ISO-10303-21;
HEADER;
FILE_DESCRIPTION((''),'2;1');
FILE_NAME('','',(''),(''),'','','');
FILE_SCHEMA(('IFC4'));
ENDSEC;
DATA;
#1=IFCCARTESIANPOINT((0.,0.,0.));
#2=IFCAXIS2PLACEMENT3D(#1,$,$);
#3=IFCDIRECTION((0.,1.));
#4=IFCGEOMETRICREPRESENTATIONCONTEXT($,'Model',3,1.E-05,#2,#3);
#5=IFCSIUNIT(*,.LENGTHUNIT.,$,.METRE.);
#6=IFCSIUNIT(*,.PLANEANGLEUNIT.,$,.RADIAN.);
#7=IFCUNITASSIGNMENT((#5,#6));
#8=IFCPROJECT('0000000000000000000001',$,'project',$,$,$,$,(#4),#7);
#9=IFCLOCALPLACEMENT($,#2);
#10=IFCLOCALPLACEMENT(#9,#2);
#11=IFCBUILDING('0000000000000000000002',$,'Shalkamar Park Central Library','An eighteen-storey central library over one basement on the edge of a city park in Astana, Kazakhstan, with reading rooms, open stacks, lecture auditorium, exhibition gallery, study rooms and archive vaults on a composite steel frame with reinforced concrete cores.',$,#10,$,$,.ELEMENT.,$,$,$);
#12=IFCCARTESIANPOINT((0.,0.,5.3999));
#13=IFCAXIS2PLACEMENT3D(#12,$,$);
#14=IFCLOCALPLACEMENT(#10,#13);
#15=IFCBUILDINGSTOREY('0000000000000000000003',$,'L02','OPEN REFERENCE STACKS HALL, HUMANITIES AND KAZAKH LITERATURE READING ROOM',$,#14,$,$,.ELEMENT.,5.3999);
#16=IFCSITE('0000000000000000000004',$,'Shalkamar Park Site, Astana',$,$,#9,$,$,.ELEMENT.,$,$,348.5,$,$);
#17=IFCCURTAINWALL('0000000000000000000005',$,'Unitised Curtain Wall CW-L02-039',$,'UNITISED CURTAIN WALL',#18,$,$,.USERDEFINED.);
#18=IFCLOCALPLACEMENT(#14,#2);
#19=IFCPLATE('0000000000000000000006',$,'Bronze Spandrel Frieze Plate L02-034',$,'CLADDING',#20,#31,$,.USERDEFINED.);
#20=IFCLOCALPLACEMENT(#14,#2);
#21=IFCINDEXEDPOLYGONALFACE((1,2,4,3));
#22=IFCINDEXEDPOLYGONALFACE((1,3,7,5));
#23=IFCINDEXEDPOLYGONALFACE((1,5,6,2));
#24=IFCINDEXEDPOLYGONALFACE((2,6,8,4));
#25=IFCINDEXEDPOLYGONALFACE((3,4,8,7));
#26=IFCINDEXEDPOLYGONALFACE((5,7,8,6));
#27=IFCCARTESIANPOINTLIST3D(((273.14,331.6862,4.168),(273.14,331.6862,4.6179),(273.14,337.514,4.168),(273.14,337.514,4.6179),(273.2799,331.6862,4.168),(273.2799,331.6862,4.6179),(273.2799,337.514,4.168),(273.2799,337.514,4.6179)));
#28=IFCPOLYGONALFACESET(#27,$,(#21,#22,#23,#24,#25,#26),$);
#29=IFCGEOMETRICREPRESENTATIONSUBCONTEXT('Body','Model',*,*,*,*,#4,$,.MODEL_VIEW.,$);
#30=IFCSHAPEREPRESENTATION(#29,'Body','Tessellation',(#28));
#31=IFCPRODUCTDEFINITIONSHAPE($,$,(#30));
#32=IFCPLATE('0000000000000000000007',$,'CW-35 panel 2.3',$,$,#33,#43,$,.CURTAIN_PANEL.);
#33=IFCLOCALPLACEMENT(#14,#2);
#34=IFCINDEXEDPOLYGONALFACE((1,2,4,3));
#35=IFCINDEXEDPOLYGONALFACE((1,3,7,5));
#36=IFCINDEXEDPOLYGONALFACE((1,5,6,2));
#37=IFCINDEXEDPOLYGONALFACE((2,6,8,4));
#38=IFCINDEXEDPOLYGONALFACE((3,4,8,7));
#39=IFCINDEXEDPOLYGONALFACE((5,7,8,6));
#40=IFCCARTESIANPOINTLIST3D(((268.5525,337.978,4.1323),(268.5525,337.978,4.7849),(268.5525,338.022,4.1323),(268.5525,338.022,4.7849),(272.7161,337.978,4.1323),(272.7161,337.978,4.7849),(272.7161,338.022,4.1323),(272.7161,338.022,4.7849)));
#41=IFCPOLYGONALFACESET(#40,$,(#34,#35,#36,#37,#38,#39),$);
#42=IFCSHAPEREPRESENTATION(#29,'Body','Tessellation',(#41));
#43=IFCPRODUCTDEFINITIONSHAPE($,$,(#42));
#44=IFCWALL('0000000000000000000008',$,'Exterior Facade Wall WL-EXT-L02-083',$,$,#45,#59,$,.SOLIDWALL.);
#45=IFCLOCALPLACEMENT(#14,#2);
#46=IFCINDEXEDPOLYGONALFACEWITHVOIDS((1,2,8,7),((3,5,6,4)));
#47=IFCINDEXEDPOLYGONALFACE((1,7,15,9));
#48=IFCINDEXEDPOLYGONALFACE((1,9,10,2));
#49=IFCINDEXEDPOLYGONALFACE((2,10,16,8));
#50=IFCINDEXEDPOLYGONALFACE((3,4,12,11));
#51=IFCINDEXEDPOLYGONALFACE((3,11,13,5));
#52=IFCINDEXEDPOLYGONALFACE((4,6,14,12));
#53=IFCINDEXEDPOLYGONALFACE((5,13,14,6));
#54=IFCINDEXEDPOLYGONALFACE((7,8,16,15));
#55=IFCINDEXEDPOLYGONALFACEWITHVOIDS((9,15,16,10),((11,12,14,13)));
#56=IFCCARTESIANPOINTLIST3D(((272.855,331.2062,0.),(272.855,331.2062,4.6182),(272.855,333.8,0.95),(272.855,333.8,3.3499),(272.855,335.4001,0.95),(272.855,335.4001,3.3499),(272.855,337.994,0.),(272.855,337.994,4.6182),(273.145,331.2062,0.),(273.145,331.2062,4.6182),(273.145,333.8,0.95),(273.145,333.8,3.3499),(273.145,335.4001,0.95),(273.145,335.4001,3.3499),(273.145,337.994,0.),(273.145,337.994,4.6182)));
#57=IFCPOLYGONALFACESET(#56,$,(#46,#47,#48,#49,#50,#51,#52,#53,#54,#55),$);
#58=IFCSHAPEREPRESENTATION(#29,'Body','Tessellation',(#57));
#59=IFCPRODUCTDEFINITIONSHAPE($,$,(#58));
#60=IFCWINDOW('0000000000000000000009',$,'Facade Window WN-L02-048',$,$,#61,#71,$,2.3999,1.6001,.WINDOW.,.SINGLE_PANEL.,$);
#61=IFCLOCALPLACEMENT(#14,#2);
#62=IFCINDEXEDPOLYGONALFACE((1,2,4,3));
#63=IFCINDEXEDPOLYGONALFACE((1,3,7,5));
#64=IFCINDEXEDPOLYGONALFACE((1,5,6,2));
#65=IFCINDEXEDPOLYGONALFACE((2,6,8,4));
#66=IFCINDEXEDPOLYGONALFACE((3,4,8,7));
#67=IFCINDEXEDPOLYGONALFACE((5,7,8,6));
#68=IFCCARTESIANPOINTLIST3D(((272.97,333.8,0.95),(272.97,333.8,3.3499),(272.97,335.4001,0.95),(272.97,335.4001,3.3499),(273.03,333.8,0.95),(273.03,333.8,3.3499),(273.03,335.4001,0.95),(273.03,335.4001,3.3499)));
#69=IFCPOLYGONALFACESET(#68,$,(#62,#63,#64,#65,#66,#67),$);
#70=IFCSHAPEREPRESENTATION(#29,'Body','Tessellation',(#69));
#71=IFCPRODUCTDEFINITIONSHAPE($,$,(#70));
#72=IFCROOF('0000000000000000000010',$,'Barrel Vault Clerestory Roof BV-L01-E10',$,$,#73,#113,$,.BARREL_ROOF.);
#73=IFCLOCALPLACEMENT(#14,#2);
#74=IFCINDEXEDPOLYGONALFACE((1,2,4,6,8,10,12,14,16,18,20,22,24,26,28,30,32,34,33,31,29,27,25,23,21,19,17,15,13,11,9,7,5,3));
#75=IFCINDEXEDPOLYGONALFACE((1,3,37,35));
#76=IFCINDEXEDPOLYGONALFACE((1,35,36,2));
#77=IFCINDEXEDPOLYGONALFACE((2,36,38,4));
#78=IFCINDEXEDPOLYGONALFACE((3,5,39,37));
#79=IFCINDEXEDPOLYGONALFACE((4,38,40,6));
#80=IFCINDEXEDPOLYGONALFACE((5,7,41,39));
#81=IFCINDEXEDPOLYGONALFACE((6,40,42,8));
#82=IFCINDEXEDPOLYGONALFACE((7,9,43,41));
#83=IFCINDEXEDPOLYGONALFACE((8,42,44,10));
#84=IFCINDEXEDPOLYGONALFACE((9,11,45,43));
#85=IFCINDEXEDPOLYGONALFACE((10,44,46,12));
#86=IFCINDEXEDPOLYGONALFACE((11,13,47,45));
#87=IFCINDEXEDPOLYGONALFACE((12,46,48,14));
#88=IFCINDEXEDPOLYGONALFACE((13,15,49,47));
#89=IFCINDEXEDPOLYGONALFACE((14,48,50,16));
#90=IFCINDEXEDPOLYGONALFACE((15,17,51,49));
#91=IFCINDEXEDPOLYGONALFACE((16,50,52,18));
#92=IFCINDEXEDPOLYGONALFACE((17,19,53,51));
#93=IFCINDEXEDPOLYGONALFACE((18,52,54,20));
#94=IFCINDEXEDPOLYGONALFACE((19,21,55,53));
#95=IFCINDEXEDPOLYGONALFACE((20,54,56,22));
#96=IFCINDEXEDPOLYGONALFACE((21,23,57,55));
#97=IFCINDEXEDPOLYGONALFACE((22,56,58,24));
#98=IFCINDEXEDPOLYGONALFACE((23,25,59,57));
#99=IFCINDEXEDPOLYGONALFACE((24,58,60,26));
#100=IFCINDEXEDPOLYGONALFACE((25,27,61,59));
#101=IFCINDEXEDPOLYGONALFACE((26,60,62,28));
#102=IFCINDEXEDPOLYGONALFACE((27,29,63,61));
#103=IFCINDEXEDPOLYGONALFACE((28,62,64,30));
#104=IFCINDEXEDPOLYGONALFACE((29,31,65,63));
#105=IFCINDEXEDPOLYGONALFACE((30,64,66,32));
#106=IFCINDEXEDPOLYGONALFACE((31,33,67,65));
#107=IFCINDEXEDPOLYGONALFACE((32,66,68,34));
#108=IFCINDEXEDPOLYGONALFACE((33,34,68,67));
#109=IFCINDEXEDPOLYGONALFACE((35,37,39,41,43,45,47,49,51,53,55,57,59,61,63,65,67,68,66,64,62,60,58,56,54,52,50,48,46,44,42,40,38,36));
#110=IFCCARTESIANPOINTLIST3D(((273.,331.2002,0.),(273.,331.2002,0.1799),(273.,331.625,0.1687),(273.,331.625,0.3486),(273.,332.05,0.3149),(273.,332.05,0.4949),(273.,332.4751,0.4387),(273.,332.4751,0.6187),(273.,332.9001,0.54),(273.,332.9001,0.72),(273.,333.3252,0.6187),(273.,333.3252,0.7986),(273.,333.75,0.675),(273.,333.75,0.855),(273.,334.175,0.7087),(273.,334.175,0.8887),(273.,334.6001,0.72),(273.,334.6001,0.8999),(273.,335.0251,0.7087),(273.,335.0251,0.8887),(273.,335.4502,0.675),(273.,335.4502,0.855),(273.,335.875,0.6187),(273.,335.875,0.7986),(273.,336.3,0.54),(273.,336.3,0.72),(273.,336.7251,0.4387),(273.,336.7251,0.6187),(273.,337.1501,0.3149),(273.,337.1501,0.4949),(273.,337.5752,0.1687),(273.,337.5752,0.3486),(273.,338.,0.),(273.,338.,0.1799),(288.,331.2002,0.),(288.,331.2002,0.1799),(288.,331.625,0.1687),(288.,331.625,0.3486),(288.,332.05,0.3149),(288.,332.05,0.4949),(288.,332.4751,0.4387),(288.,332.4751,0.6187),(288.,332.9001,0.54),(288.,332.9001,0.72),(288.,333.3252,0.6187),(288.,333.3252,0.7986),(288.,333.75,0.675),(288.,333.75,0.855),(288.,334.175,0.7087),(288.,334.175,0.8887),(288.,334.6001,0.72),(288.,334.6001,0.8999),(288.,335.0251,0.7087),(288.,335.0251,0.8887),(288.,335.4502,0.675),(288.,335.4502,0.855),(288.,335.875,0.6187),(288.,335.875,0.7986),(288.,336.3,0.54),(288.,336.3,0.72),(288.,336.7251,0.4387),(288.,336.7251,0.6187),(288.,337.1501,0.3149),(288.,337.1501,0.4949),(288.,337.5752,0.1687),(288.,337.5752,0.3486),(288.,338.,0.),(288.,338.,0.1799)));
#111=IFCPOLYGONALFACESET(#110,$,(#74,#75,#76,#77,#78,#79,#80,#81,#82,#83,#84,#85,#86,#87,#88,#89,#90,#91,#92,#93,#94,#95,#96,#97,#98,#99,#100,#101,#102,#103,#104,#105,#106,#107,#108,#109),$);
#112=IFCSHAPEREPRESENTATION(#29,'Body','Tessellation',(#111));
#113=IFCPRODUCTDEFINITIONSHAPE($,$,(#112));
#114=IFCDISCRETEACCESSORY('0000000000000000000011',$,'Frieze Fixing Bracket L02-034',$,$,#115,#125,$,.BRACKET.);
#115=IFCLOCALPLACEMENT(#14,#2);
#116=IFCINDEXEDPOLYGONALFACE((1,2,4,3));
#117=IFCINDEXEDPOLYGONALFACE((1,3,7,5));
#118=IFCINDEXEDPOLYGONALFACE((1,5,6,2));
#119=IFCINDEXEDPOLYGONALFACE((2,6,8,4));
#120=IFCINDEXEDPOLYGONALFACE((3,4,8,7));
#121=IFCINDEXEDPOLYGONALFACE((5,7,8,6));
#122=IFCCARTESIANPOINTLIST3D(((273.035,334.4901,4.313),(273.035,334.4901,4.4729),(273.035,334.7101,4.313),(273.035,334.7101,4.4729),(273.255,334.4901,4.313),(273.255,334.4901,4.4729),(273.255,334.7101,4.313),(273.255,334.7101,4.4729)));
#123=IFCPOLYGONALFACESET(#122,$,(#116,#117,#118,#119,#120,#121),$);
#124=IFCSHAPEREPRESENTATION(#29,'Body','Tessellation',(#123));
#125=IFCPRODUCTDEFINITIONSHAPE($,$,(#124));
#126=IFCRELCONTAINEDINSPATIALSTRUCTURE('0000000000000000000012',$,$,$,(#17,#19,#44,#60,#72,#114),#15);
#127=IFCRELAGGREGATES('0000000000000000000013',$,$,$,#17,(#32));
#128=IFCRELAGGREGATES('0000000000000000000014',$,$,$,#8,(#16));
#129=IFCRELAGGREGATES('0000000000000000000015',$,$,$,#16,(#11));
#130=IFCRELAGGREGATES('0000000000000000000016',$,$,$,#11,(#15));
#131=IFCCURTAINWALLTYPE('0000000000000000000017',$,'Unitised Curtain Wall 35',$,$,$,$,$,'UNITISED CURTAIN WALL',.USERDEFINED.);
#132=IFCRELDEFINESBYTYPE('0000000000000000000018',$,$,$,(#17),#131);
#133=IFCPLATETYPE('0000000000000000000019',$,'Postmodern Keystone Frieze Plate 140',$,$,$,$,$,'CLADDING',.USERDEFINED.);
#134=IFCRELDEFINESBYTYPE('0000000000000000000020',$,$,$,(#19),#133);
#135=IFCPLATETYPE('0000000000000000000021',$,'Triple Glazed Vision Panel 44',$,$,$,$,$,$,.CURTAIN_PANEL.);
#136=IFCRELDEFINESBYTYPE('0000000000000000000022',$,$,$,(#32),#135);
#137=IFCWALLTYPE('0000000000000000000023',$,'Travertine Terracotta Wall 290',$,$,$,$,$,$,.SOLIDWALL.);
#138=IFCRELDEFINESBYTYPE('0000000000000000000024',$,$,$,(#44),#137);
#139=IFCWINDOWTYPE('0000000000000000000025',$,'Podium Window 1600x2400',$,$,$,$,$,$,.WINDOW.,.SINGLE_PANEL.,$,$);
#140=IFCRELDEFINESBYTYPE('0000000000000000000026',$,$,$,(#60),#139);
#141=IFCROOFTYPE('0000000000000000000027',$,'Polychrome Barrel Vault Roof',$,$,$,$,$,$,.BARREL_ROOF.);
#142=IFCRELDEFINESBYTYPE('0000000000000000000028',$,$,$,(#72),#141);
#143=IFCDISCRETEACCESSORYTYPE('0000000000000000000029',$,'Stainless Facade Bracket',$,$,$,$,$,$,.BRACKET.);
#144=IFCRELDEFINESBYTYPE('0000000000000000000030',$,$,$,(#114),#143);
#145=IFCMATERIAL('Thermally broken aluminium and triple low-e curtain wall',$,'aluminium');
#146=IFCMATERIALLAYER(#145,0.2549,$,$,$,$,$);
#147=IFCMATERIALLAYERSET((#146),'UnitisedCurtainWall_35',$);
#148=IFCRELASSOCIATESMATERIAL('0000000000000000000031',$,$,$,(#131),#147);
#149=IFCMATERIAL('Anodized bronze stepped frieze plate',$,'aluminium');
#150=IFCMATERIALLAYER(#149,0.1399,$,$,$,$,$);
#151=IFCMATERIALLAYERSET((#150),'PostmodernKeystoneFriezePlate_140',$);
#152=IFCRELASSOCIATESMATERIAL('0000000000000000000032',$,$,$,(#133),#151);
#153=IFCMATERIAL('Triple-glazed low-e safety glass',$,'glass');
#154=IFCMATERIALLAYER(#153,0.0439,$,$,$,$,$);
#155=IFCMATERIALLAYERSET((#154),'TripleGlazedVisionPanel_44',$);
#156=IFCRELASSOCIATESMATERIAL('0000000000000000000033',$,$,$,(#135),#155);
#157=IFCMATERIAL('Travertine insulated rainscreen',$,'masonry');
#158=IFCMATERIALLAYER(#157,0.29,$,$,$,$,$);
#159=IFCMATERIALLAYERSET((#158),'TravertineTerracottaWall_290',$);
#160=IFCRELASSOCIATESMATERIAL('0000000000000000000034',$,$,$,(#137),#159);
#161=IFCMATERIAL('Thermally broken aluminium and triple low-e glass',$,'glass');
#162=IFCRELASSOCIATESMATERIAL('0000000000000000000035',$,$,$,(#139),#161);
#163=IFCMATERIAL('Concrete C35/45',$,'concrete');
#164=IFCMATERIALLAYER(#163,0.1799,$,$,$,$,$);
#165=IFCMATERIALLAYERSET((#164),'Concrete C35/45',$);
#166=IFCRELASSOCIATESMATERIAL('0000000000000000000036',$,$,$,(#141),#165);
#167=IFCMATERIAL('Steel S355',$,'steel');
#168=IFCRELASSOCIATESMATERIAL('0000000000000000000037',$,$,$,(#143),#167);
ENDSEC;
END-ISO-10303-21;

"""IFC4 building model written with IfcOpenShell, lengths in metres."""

from ifc_helpers import new_model, si_unit, direction, frame, frame_2d, origin, origin_2d, place, context, subcontext, project, spatial, polyline, rectangle, outline, extrude, material, layer, layer_set, type_object, element, fill, aggregate, save


model = new_model("IFC4")

# Units and contexts
model_context = context("Model", 3, precision=1e-05, world=origin(), true_north=direction((0.0, 1.0)))
body_context = subcontext(model_context, "Body", "Model", "MODEL_VIEW")
ifc_project = project(units=[si_unit("LENGTHUNIT", "METRE"), si_unit("PLANEANGLEUNIT", "RADIAN")], contexts=[model_context])

# Site, building, storey
site_placement = place(None, origin())
site = spatial("IfcSite", under=ifc_project, at=site_placement, Name="Shalkamar Park Site, Astana", CompositionType="ELEMENT", RefElevation=348.5)
building_placement = place(site_placement, origin())
building = spatial("IfcBuilding", under=site, at=building_placement, Name="Shalkamar Park Central Library", Description="An eighteen-storey central library over one basement on the edge of a city park in Astana, Kazakhstan, with reading rooms, open stacks, lecture auditorium, exhibition gallery, study rooms and archive vaults on a composite steel frame with reinforced concrete cores.", CompositionType="ELEMENT")
storey_placement = place(building_placement, frame((0.0, 0.0, 5.3999)))
storey = spatial("IfcBuildingStorey", under=building, at=storey_placement, Name="L02", Description="OPEN REFERENCE STACKS HALL, HUMANITIES AND KAZAKH LITERATURE READING ROOM", CompositionType="ELEMENT", Elevation=5.3999)

# Shared definitions
ifc_material_1 = material(Name="Steel S355", Category="steel")

# Curtain wall
ifc_material_2 = material(Name="Thermally broken aluminium and triple low-e curtain wall", Category="aluminium")
ifc_layer_1 = layer(ifc_material_2, 0.2549)
ifc_layer_set_1 = layer_set([ifc_layer_1], Name="UnitisedCurtainWall_35")
curtain_wall_type = type_object("IfcCurtainWallType", Name="Unitised Curtain Wall 35", ElementType="UNITISED CURTAIN WALL", PredefinedType="USERDEFINED", material=ifc_layer_set_1)
curtain_wall_placement = place(storey_placement, origin())
curtain_wall = element("IfcCurtainWall", 1, at=curtain_wall_placement, inside=storey, type_object=curtain_wall_type, Name="Unitised Curtain Wall CW-L02-039", ObjectType="UNITISED CURTAIN WALL", PredefinedType="USERDEFINED")

# Plates
ifc_material_3 = material(Name="Anodized bronze stepped frieze plate", Category="aluminium")
ifc_layer_2 = layer(ifc_material_3, 0.1399)
ifc_layer_set_2 = layer_set([ifc_layer_2], Name="PostmodernKeystoneFriezePlate_140")
plate_type_1 = type_object("IfcPlateType", Name="Postmodern Keystone Frieze Plate 140", ElementType="CLADDING", PredefinedType="USERDEFINED", material=ifc_layer_set_2)
plate_1_placement = place(storey_placement, frame((273.21, 334.6001, 4.168), z_axis=(0.0, 0.0, 1.0), x_axis=(1.0, 0.0, 0.0)))
element("IfcPlate", 2, at=plate_1_placement, inside=storey, type_object=plate_type_1, Name="Bronze Spandrel Frieze Plate L02-034", ObjectType="CLADDING", PredefinedType="USERDEFINED", context=body_context, shape_type="SweptSolid", body=[
    extrude(rectangle(XDim=0.1399, YDim=5.8279, at=origin_2d()), origin(), (0.0, 0.0, 1.0), 0.45),
])
ifc_material_4 = material(Name="Triple-glazed low-e safety glass", Category="glass")
ifc_layer_3 = layer(ifc_material_4, 0.0439)
ifc_layer_set_3 = layer_set([ifc_layer_3], Name="TripleGlazedVisionPanel_44")
plate_type_2 = type_object("IfcPlateType", Name="Triple Glazed Vision Panel 44", PredefinedType="CURTAIN_PANEL", material=ifc_layer_set_3)
plate_2_placement = place(storey_placement, frame((270.6343, 338.0, 4.1323), z_axis=(0.0, 0.0, 1.0), x_axis=(1.0, 0.0, 0.0)))
plate_2 = element("IfcPlate", 3, at=plate_2_placement, type_object=plate_type_2, Name="CW-35 panel 2.3", PredefinedType="CURTAIN_PANEL", context=body_context, shape_type="SweptSolid", body=[
    extrude(rectangle(XDim=4.1636, YDim=0.0439, at=origin_2d()), origin(), (0.0, 0.0, 1.0), 0.6526),
])
aggregate(curtain_wall, [plate_2])

# Wall, opening, window
ifc_material_5 = material(Name="Travertine insulated rainscreen", Category="masonry")
ifc_layer_4 = layer(ifc_material_5, 0.29)
ifc_layer_set_4 = layer_set([ifc_layer_4], Name="TravertineTerracottaWall_290")
wall_type = type_object("IfcWallType", Name="Travertine Terracotta Wall 290", PredefinedType="SOLIDWALL", material=ifc_layer_set_4)
wall_placement = place(storey_placement, frame((273.0, 331.2061, 0.0), z_axis=(0.0, 0.0, 1.0), x_axis=(0.0, 1.0, 0.0)))
wall = element("IfcWall", 4, at=wall_placement, inside=storey, type_object=wall_type, Name="Exterior Facade Wall WL-EXT-L02-083", PredefinedType="SOLIDWALL", context=body_context, shape_type="SweptSolid", body=[
    extrude(rectangle(XDim=6.7878, YDim=0.29, at=frame_2d((3.394, 0.0))), origin(), (0.0, 0.0, 1.0), 4.6182),
])
opening_placement = place(wall_placement, frame((2.594, 0.0, 0.95)))
opening = element("IfcOpeningElement", 5, at=opening_placement, cuts=wall, PredefinedType="OPENING", context=body_context, shape_type="SweptSolid", body=[
    extrude(rectangle(XDim=1.6001, YDim=2.3999, at=frame_2d((0.8, 1.2))), frame((0.0, 0.1599, 0.0), z_axis=(0.0, -1.0, 0.0), x_axis=(1.0, 0.0, 0.0)), (0.0, 0.0, 1.0), 0.3198),
])
ifc_material_6 = material(Name="Thermally broken aluminium and triple low-e glass", Category="glass")
window_type = type_object("IfcWindowType", Name="Podium Window 1600x2400", PartitioningType="SINGLE_PANEL", PredefinedType="WINDOW", material=ifc_material_6)
window_placement = place(opening_placement, origin())
window = element("IfcWindow", 6, at=window_placement, inside=storey, type_object=window_type, Name="Facade Window WN-L02-048", OverallHeight=2.3999, OverallWidth=1.6001, PartitioningType="SINGLE_PANEL", PredefinedType="WINDOW", context=body_context, shape_type="SweptSolid", body=[
    extrude(rectangle(XDim=1.6001, YDim=2.3999, at=frame_2d((0.8, 1.2))), frame((0.0, 0.03, 0.0), z_axis=(0.0, -1.0, 0.0), x_axis=(1.0, 0.0, 0.0)), (0.0, 0.0, 1.0), 0.0601),
])
fill(opening, window)

# Roof
ifc_material_7 = material(Name="Concrete C35/45", Category="concrete")
ifc_layer_5 = layer(ifc_material_7, 0.1799)
ifc_layer_set_5 = layer_set([ifc_layer_5], Name="Concrete C35/45")
roof_type = type_object("IfcRoofType", Name="Polychrome Barrel Vault Roof", PredefinedType="BARREL_ROOF", material=ifc_layer_set_5)
roof_placement = place(storey_placement, frame((273.0, 334.6001, 0.0), z_axis=(0.0, 0.0, 1.0), x_axis=(1.0, 0.0, 0.0)))
element("IfcRoof", 7, at=roof_placement, inside=storey, type_object=roof_type, Name="Barrel Vault Clerestory Roof BV-L01-E10", PredefinedType="BARREL_ROOF", context=body_context, shape_type="SweptSolid", body=[
    extrude(outline(polyline([(-3.3999, 0.1799), (-2.9751, 0.3486), (-2.55, 0.4949), (-2.125, 0.6187), (-1.7, 0.72), (-1.2749, 0.7986), (-0.8501, 0.855), (-0.425, 0.8887), (0.0, 0.8999), (0.425, 0.8887), (0.8501, 0.855), (1.2749, 0.7986), (1.7, 0.72), (2.125, 0.6187), (2.55, 0.4949), (2.9751, 0.3486), (3.3999, 0.1799), (3.3999, 0.0), (2.9751, 0.1687), (2.55, 0.3149), (2.125, 0.4387), (1.7, 0.54), (1.2749, 0.6187), (0.8501, 0.675), (0.425, 0.7087), (0.0, 0.72), (-0.425, 0.7087), (-0.8501, 0.675), (-1.2749, 0.6187), (-1.7, 0.54), (-2.125, 0.4387), (-2.55, 0.3149), (-2.9751, 0.1687), (-3.3999, 0.0), (-3.3999, 0.1799)])), frame((0.0, 0.0, 0.0), z_axis=(1.0, 0.0, 0.0), x_axis=(0.0, 1.0, 0.0)), (0.0, 0.0, 1.0), 15.0),
])

# Discrete accessory
discrete_accessory_type = type_object("IfcDiscreteAccessoryType", Name="Stainless Facade Bracket", PredefinedType="BRACKET", material=ifc_material_1)
discrete_accessory_placement = place(storey_placement, frame((273.145, 334.6001, 4.313), z_axis=(0.0, 0.0, 1.0), x_axis=(1.0, 0.0, 0.0)))
element("IfcDiscreteAccessory", 8, at=discrete_accessory_placement, inside=storey, type_object=discrete_accessory_type, Name="Frieze Fixing Bracket L02-034", PredefinedType="BRACKET", context=body_context, shape_type="SweptSolid", body=[
    extrude(rectangle(XDim=0.22, YDim=0.22, at=origin_2d()), origin(), (0.0, 0.0, 1.0), 0.1599),
])

save(model, "model.ifc")
